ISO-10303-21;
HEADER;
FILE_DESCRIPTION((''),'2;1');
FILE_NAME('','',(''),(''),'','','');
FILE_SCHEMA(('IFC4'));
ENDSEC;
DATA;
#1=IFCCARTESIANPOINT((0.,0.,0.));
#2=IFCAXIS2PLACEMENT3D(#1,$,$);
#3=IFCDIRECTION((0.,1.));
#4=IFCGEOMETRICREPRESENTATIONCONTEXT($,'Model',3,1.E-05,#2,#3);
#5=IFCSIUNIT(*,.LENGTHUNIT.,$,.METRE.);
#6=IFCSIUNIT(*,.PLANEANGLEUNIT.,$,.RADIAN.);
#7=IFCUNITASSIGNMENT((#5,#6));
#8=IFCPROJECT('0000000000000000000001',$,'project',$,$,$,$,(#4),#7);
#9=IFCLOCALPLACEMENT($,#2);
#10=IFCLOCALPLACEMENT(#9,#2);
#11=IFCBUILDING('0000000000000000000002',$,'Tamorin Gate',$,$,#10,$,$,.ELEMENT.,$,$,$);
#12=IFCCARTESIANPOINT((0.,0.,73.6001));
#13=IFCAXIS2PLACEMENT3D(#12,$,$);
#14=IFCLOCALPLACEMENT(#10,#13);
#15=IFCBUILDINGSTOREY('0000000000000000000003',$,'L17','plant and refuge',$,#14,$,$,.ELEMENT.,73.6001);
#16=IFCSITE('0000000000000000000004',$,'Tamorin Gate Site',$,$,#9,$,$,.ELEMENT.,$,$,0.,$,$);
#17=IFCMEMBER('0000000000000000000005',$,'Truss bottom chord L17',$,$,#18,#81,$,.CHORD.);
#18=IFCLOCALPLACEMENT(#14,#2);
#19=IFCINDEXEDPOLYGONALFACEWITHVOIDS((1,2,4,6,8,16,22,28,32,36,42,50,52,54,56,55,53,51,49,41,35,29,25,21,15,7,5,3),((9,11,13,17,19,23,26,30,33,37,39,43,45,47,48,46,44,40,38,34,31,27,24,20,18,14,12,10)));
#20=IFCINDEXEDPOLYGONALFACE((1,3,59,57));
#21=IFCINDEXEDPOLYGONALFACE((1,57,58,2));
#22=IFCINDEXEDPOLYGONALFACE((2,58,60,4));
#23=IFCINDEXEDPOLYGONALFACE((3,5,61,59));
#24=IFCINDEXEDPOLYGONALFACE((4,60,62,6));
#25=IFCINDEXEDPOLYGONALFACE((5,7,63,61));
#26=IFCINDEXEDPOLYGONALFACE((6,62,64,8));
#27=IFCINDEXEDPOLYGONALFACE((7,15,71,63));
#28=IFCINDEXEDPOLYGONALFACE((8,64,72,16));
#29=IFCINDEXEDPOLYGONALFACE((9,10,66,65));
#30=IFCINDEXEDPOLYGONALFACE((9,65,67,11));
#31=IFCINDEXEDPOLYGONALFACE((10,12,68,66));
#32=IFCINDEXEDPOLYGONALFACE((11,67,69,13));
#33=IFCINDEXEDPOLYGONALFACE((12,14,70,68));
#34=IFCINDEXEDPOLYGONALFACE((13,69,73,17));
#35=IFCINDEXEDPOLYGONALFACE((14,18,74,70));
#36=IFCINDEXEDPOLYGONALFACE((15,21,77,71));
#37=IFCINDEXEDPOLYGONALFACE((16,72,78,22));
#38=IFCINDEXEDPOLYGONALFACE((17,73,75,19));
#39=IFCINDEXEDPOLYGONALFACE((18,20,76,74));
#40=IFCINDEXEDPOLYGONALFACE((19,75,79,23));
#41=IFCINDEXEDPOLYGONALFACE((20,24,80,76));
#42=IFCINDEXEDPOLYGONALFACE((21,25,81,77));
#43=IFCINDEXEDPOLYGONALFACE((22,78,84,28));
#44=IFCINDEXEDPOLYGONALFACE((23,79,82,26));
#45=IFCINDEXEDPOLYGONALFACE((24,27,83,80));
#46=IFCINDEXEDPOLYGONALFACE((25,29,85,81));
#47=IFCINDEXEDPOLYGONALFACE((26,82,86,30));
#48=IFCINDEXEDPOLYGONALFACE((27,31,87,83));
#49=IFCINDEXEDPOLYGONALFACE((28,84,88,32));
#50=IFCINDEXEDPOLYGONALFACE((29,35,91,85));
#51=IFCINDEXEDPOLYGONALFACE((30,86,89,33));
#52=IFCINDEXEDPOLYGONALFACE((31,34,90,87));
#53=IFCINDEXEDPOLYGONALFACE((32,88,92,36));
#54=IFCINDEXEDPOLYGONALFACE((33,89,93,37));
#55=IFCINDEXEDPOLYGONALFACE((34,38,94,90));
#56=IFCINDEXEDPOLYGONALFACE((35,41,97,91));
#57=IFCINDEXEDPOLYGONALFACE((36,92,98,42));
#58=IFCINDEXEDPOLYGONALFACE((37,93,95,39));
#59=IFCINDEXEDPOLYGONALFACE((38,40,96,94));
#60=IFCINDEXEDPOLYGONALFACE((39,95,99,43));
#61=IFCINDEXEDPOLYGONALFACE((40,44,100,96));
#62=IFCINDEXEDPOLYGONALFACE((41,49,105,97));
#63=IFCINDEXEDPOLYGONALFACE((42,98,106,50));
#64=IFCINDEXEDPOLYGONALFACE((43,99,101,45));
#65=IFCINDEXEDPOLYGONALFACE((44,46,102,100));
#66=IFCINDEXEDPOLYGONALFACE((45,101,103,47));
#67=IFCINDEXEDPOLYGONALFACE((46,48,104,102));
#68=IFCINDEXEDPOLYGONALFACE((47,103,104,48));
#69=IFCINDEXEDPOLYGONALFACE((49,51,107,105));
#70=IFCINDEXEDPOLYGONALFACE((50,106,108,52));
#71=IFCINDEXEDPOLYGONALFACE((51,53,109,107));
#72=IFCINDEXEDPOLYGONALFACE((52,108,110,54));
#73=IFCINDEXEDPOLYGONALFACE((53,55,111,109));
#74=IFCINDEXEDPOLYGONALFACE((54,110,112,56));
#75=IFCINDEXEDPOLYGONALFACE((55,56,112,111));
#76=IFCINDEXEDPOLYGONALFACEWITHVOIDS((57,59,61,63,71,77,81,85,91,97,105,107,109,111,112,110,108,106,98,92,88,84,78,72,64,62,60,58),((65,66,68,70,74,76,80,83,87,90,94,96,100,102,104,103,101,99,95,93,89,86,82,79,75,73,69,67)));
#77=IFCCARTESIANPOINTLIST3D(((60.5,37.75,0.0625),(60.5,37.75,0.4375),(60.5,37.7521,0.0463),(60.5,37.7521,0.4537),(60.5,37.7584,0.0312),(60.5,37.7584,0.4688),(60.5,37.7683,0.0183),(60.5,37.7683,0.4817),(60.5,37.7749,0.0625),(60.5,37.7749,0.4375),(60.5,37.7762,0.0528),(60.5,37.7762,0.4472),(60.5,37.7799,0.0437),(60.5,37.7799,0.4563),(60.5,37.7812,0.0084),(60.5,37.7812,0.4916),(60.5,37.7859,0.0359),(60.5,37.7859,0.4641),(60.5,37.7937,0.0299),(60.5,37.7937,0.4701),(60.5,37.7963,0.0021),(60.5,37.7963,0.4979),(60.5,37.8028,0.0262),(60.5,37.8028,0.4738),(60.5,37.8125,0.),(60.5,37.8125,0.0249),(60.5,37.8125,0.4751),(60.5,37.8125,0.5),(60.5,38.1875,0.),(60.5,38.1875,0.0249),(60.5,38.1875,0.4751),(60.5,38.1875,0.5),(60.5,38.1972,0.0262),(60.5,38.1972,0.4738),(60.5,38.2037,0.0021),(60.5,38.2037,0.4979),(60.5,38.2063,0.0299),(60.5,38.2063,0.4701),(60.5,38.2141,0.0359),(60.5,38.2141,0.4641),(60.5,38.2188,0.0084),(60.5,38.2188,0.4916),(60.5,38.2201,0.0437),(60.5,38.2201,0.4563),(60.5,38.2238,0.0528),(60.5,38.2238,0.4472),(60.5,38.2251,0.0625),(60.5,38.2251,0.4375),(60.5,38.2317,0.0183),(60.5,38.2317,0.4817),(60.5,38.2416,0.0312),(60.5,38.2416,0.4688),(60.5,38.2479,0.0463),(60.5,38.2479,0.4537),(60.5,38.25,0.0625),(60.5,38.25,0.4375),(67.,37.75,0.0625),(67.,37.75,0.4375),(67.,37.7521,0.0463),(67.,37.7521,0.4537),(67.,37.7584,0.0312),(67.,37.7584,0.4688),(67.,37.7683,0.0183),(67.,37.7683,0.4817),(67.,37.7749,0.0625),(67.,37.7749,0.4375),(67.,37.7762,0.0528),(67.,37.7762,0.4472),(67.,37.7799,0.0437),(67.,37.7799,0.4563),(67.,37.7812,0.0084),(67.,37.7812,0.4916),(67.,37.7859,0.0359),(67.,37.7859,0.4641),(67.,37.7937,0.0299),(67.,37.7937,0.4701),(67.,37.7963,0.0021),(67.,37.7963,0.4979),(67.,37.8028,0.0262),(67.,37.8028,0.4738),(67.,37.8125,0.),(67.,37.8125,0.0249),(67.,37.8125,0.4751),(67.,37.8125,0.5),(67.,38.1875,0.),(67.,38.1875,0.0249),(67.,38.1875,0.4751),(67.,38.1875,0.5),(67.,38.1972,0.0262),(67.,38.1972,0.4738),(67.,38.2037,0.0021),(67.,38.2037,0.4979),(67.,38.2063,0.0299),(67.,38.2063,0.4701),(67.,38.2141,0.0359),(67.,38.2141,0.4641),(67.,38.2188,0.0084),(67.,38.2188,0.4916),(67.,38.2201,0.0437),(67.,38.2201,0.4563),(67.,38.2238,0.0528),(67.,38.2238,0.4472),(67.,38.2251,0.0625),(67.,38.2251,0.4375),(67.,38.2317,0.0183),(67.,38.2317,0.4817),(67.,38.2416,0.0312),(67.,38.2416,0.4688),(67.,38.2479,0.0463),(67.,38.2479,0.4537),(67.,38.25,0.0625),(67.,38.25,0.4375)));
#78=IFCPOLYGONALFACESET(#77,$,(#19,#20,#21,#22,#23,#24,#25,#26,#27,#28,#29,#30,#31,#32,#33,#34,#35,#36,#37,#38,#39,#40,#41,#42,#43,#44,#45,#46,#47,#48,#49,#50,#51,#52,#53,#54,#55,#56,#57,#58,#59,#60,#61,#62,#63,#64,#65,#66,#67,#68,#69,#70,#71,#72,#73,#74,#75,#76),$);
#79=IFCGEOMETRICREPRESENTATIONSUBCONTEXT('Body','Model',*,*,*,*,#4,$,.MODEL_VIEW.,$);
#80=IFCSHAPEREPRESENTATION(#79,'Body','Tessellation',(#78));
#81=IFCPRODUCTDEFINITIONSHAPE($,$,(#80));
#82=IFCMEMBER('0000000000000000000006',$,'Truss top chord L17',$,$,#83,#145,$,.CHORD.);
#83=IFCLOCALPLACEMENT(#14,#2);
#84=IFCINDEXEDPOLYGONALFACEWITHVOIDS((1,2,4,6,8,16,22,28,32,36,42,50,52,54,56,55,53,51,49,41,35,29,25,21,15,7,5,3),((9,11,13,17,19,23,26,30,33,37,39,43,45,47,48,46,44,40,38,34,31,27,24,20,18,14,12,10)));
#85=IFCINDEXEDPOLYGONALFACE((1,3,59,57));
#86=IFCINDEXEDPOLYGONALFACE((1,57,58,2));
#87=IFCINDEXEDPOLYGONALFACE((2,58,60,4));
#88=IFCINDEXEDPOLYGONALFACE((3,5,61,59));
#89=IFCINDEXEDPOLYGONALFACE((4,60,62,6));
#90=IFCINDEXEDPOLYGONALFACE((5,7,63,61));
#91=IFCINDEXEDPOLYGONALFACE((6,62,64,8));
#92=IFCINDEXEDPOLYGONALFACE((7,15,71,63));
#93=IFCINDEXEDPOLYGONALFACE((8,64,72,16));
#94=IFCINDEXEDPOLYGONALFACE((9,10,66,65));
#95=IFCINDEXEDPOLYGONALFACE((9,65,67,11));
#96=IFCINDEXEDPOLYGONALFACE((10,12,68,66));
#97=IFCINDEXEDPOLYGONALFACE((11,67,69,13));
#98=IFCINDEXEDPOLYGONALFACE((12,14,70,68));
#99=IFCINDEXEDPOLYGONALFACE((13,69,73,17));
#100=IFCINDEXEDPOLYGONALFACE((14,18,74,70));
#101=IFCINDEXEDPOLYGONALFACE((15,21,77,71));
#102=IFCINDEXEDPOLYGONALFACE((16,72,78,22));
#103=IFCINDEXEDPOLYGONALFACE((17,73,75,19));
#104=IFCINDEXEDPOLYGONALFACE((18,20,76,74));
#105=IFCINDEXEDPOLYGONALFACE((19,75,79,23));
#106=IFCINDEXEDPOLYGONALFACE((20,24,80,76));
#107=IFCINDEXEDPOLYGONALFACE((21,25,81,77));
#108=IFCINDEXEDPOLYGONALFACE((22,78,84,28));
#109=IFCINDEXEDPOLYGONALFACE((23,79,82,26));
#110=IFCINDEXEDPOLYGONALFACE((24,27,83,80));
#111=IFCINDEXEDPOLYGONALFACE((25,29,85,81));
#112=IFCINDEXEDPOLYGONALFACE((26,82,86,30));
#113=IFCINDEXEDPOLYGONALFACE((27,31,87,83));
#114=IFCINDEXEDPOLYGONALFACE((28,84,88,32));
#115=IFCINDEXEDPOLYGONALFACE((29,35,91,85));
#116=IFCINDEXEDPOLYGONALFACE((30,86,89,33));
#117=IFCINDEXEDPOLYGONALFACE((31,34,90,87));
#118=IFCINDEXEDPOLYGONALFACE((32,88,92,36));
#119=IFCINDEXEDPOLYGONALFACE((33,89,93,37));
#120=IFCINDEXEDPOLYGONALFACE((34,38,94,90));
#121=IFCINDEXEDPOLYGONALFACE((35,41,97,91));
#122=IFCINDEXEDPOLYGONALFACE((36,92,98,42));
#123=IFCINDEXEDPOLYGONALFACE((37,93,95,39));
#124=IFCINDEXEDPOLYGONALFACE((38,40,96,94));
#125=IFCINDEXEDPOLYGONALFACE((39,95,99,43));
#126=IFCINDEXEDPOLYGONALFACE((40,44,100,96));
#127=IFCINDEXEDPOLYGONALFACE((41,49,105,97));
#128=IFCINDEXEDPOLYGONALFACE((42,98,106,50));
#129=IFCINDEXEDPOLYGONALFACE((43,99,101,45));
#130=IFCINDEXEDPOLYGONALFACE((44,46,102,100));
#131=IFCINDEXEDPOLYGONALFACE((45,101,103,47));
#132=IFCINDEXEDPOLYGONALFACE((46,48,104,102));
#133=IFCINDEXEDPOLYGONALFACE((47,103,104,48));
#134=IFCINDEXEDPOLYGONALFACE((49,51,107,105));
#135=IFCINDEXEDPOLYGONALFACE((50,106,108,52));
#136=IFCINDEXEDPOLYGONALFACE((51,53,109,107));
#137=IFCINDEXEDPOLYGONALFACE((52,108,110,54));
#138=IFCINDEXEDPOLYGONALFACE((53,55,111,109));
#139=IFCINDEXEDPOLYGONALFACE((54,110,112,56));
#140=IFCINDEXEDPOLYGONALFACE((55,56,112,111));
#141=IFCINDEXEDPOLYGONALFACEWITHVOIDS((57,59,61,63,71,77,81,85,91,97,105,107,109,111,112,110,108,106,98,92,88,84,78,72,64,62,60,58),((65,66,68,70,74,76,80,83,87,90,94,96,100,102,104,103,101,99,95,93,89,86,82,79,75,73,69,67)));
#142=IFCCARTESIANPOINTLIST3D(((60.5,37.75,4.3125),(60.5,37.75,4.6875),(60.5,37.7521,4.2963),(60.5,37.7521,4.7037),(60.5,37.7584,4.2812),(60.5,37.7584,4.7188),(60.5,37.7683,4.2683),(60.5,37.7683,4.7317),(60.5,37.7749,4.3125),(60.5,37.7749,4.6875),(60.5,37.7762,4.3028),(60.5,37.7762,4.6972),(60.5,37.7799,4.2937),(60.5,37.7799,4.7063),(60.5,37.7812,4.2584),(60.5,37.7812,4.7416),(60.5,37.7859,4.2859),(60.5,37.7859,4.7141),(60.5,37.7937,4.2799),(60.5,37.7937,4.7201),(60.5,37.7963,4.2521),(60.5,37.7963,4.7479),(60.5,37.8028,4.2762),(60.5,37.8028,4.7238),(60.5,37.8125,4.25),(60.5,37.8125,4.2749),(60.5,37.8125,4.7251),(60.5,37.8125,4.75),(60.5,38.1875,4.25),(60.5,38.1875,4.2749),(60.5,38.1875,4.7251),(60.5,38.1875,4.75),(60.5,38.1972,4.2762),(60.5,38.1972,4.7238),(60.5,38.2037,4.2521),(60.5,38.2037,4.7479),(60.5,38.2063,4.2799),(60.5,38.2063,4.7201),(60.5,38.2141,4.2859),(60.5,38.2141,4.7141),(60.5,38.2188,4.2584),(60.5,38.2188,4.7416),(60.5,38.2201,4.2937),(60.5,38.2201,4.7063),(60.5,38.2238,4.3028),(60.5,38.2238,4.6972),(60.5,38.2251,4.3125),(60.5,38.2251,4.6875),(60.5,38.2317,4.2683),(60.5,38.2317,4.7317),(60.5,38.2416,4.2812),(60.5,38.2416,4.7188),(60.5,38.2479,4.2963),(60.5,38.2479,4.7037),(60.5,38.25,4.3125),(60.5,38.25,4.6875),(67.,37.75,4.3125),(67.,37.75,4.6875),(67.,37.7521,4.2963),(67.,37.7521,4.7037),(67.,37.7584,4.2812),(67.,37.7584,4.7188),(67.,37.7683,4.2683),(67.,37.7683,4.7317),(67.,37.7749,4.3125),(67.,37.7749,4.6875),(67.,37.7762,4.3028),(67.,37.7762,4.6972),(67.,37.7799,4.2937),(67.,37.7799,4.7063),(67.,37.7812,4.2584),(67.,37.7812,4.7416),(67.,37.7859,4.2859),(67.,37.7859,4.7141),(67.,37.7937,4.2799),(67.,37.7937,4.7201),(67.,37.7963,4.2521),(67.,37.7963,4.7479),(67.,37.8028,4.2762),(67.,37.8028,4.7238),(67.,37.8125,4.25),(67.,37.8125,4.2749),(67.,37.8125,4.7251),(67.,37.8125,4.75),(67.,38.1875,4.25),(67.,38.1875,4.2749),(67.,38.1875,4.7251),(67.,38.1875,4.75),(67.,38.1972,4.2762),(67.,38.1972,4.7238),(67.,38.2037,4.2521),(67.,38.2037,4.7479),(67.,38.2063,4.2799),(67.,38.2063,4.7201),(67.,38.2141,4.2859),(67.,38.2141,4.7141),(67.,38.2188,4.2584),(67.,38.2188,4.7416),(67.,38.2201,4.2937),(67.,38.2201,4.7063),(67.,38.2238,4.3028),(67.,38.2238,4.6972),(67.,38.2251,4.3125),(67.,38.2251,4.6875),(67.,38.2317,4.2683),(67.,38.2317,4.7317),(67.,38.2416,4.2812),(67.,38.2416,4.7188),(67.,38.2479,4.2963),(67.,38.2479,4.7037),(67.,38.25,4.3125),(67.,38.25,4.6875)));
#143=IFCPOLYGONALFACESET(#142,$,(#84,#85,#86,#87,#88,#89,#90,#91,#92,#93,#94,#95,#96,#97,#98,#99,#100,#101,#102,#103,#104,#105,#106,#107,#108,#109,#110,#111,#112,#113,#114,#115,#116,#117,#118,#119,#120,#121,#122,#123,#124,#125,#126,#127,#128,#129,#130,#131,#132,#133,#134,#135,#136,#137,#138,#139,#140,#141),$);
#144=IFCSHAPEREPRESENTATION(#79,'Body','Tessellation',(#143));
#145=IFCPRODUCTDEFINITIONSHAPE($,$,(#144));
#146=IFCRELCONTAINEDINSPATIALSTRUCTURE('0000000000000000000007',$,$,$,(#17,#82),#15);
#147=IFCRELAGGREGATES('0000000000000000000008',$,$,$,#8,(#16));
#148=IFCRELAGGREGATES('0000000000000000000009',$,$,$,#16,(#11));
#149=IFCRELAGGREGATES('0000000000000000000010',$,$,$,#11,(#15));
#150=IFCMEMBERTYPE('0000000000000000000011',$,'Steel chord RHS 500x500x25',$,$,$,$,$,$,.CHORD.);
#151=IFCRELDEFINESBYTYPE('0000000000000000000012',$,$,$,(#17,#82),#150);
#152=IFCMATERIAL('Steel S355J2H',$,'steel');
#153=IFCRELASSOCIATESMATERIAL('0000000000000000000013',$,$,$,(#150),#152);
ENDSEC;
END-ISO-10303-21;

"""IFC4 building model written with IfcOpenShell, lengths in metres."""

from ifc_helpers import new_model, si_unit, direction, frame, origin, origin_2d, place, context, subcontext, project, spatial, hollow_rectangle, extrude, material, material_profile, profile_set, type_object, element, save


model = new_model("IFC4")

# Units and contexts
model_context = context("Model", 3, precision=1e-05, world=origin(), true_north=direction((0.0, 1.0)))
body_context = subcontext(model_context, "Body", "Model", "MODEL_VIEW")
ifc_project = project(units=[si_unit("LENGTHUNIT", "METRE"), si_unit("PLANEANGLEUNIT", "RADIAN")], contexts=[model_context])

# Site, building, storey
site_placement = place(None, origin())
site = spatial("IfcSite", under=ifc_project, at=site_placement, Name="Tamorin Gate Site", CompositionType="ELEMENT", RefElevation=0.0)
building_placement = place(site_placement, origin())
building = spatial("IfcBuilding", under=site, at=building_placement, Name="Tamorin Gate", CompositionType="ELEMENT")
storey_placement = place(building_placement, frame((0.0, 0.0, 73.6001)))
storey = spatial("IfcBuildingStorey", under=building, at=storey_placement, Name="L17", Description="plant and refuge", CompositionType="ELEMENT", Elevation=73.6001)

# Members
ifc_material_1 = material(Name="Steel S355J2H", Category="steel")
ifc_material_profile_1 = material_profile(ifc_material_1, hollow_rectangle(XDim=0.5, YDim=0.5, WallThickness=0.0249, InnerFilletRadius=0.0376, OuterFilletRadius=0.0625, at=origin_2d()), Name="RHS 500x500x25")
ifc_profile_set_1 = profile_set([ifc_material_profile_1], Name="Steel S355J2H")
member_type_1 = type_object("IfcMemberType", Name="Steel chord RHS 500x500x25", PredefinedType="CHORD", material=ifc_profile_set_1)
for number, where, z_axis, x_axis, name in (
    (1, (60.5, 38.0, 0.25), (1.0, 0.0, 0.0), (0.0, 1.0, 0.0), "Truss bottom chord L17"),
    (2, (60.5, 38.0, 4.5), (1.0, 0.0, 0.0), (0.0, 1.0, 0.0), "Truss top chord L17"),
):
    element("IfcMember", number, at=place(storey_placement, frame(where, z_axis=z_axis, x_axis=x_axis)), inside=storey, type_object=member_type_1, Name=name, PredefinedType="CHORD", context=body_context, shape_type="SweptSolid", body=[
        extrude(hollow_rectangle(XDim=0.5, YDim=0.5, WallThickness=0.0249, InnerFilletRadius=0.0376, OuterFilletRadius=0.0625, at=origin_2d()), origin(), (0.0, 0.0, 1.0), 6.5),
    ])

save(model, "model.ifc")
